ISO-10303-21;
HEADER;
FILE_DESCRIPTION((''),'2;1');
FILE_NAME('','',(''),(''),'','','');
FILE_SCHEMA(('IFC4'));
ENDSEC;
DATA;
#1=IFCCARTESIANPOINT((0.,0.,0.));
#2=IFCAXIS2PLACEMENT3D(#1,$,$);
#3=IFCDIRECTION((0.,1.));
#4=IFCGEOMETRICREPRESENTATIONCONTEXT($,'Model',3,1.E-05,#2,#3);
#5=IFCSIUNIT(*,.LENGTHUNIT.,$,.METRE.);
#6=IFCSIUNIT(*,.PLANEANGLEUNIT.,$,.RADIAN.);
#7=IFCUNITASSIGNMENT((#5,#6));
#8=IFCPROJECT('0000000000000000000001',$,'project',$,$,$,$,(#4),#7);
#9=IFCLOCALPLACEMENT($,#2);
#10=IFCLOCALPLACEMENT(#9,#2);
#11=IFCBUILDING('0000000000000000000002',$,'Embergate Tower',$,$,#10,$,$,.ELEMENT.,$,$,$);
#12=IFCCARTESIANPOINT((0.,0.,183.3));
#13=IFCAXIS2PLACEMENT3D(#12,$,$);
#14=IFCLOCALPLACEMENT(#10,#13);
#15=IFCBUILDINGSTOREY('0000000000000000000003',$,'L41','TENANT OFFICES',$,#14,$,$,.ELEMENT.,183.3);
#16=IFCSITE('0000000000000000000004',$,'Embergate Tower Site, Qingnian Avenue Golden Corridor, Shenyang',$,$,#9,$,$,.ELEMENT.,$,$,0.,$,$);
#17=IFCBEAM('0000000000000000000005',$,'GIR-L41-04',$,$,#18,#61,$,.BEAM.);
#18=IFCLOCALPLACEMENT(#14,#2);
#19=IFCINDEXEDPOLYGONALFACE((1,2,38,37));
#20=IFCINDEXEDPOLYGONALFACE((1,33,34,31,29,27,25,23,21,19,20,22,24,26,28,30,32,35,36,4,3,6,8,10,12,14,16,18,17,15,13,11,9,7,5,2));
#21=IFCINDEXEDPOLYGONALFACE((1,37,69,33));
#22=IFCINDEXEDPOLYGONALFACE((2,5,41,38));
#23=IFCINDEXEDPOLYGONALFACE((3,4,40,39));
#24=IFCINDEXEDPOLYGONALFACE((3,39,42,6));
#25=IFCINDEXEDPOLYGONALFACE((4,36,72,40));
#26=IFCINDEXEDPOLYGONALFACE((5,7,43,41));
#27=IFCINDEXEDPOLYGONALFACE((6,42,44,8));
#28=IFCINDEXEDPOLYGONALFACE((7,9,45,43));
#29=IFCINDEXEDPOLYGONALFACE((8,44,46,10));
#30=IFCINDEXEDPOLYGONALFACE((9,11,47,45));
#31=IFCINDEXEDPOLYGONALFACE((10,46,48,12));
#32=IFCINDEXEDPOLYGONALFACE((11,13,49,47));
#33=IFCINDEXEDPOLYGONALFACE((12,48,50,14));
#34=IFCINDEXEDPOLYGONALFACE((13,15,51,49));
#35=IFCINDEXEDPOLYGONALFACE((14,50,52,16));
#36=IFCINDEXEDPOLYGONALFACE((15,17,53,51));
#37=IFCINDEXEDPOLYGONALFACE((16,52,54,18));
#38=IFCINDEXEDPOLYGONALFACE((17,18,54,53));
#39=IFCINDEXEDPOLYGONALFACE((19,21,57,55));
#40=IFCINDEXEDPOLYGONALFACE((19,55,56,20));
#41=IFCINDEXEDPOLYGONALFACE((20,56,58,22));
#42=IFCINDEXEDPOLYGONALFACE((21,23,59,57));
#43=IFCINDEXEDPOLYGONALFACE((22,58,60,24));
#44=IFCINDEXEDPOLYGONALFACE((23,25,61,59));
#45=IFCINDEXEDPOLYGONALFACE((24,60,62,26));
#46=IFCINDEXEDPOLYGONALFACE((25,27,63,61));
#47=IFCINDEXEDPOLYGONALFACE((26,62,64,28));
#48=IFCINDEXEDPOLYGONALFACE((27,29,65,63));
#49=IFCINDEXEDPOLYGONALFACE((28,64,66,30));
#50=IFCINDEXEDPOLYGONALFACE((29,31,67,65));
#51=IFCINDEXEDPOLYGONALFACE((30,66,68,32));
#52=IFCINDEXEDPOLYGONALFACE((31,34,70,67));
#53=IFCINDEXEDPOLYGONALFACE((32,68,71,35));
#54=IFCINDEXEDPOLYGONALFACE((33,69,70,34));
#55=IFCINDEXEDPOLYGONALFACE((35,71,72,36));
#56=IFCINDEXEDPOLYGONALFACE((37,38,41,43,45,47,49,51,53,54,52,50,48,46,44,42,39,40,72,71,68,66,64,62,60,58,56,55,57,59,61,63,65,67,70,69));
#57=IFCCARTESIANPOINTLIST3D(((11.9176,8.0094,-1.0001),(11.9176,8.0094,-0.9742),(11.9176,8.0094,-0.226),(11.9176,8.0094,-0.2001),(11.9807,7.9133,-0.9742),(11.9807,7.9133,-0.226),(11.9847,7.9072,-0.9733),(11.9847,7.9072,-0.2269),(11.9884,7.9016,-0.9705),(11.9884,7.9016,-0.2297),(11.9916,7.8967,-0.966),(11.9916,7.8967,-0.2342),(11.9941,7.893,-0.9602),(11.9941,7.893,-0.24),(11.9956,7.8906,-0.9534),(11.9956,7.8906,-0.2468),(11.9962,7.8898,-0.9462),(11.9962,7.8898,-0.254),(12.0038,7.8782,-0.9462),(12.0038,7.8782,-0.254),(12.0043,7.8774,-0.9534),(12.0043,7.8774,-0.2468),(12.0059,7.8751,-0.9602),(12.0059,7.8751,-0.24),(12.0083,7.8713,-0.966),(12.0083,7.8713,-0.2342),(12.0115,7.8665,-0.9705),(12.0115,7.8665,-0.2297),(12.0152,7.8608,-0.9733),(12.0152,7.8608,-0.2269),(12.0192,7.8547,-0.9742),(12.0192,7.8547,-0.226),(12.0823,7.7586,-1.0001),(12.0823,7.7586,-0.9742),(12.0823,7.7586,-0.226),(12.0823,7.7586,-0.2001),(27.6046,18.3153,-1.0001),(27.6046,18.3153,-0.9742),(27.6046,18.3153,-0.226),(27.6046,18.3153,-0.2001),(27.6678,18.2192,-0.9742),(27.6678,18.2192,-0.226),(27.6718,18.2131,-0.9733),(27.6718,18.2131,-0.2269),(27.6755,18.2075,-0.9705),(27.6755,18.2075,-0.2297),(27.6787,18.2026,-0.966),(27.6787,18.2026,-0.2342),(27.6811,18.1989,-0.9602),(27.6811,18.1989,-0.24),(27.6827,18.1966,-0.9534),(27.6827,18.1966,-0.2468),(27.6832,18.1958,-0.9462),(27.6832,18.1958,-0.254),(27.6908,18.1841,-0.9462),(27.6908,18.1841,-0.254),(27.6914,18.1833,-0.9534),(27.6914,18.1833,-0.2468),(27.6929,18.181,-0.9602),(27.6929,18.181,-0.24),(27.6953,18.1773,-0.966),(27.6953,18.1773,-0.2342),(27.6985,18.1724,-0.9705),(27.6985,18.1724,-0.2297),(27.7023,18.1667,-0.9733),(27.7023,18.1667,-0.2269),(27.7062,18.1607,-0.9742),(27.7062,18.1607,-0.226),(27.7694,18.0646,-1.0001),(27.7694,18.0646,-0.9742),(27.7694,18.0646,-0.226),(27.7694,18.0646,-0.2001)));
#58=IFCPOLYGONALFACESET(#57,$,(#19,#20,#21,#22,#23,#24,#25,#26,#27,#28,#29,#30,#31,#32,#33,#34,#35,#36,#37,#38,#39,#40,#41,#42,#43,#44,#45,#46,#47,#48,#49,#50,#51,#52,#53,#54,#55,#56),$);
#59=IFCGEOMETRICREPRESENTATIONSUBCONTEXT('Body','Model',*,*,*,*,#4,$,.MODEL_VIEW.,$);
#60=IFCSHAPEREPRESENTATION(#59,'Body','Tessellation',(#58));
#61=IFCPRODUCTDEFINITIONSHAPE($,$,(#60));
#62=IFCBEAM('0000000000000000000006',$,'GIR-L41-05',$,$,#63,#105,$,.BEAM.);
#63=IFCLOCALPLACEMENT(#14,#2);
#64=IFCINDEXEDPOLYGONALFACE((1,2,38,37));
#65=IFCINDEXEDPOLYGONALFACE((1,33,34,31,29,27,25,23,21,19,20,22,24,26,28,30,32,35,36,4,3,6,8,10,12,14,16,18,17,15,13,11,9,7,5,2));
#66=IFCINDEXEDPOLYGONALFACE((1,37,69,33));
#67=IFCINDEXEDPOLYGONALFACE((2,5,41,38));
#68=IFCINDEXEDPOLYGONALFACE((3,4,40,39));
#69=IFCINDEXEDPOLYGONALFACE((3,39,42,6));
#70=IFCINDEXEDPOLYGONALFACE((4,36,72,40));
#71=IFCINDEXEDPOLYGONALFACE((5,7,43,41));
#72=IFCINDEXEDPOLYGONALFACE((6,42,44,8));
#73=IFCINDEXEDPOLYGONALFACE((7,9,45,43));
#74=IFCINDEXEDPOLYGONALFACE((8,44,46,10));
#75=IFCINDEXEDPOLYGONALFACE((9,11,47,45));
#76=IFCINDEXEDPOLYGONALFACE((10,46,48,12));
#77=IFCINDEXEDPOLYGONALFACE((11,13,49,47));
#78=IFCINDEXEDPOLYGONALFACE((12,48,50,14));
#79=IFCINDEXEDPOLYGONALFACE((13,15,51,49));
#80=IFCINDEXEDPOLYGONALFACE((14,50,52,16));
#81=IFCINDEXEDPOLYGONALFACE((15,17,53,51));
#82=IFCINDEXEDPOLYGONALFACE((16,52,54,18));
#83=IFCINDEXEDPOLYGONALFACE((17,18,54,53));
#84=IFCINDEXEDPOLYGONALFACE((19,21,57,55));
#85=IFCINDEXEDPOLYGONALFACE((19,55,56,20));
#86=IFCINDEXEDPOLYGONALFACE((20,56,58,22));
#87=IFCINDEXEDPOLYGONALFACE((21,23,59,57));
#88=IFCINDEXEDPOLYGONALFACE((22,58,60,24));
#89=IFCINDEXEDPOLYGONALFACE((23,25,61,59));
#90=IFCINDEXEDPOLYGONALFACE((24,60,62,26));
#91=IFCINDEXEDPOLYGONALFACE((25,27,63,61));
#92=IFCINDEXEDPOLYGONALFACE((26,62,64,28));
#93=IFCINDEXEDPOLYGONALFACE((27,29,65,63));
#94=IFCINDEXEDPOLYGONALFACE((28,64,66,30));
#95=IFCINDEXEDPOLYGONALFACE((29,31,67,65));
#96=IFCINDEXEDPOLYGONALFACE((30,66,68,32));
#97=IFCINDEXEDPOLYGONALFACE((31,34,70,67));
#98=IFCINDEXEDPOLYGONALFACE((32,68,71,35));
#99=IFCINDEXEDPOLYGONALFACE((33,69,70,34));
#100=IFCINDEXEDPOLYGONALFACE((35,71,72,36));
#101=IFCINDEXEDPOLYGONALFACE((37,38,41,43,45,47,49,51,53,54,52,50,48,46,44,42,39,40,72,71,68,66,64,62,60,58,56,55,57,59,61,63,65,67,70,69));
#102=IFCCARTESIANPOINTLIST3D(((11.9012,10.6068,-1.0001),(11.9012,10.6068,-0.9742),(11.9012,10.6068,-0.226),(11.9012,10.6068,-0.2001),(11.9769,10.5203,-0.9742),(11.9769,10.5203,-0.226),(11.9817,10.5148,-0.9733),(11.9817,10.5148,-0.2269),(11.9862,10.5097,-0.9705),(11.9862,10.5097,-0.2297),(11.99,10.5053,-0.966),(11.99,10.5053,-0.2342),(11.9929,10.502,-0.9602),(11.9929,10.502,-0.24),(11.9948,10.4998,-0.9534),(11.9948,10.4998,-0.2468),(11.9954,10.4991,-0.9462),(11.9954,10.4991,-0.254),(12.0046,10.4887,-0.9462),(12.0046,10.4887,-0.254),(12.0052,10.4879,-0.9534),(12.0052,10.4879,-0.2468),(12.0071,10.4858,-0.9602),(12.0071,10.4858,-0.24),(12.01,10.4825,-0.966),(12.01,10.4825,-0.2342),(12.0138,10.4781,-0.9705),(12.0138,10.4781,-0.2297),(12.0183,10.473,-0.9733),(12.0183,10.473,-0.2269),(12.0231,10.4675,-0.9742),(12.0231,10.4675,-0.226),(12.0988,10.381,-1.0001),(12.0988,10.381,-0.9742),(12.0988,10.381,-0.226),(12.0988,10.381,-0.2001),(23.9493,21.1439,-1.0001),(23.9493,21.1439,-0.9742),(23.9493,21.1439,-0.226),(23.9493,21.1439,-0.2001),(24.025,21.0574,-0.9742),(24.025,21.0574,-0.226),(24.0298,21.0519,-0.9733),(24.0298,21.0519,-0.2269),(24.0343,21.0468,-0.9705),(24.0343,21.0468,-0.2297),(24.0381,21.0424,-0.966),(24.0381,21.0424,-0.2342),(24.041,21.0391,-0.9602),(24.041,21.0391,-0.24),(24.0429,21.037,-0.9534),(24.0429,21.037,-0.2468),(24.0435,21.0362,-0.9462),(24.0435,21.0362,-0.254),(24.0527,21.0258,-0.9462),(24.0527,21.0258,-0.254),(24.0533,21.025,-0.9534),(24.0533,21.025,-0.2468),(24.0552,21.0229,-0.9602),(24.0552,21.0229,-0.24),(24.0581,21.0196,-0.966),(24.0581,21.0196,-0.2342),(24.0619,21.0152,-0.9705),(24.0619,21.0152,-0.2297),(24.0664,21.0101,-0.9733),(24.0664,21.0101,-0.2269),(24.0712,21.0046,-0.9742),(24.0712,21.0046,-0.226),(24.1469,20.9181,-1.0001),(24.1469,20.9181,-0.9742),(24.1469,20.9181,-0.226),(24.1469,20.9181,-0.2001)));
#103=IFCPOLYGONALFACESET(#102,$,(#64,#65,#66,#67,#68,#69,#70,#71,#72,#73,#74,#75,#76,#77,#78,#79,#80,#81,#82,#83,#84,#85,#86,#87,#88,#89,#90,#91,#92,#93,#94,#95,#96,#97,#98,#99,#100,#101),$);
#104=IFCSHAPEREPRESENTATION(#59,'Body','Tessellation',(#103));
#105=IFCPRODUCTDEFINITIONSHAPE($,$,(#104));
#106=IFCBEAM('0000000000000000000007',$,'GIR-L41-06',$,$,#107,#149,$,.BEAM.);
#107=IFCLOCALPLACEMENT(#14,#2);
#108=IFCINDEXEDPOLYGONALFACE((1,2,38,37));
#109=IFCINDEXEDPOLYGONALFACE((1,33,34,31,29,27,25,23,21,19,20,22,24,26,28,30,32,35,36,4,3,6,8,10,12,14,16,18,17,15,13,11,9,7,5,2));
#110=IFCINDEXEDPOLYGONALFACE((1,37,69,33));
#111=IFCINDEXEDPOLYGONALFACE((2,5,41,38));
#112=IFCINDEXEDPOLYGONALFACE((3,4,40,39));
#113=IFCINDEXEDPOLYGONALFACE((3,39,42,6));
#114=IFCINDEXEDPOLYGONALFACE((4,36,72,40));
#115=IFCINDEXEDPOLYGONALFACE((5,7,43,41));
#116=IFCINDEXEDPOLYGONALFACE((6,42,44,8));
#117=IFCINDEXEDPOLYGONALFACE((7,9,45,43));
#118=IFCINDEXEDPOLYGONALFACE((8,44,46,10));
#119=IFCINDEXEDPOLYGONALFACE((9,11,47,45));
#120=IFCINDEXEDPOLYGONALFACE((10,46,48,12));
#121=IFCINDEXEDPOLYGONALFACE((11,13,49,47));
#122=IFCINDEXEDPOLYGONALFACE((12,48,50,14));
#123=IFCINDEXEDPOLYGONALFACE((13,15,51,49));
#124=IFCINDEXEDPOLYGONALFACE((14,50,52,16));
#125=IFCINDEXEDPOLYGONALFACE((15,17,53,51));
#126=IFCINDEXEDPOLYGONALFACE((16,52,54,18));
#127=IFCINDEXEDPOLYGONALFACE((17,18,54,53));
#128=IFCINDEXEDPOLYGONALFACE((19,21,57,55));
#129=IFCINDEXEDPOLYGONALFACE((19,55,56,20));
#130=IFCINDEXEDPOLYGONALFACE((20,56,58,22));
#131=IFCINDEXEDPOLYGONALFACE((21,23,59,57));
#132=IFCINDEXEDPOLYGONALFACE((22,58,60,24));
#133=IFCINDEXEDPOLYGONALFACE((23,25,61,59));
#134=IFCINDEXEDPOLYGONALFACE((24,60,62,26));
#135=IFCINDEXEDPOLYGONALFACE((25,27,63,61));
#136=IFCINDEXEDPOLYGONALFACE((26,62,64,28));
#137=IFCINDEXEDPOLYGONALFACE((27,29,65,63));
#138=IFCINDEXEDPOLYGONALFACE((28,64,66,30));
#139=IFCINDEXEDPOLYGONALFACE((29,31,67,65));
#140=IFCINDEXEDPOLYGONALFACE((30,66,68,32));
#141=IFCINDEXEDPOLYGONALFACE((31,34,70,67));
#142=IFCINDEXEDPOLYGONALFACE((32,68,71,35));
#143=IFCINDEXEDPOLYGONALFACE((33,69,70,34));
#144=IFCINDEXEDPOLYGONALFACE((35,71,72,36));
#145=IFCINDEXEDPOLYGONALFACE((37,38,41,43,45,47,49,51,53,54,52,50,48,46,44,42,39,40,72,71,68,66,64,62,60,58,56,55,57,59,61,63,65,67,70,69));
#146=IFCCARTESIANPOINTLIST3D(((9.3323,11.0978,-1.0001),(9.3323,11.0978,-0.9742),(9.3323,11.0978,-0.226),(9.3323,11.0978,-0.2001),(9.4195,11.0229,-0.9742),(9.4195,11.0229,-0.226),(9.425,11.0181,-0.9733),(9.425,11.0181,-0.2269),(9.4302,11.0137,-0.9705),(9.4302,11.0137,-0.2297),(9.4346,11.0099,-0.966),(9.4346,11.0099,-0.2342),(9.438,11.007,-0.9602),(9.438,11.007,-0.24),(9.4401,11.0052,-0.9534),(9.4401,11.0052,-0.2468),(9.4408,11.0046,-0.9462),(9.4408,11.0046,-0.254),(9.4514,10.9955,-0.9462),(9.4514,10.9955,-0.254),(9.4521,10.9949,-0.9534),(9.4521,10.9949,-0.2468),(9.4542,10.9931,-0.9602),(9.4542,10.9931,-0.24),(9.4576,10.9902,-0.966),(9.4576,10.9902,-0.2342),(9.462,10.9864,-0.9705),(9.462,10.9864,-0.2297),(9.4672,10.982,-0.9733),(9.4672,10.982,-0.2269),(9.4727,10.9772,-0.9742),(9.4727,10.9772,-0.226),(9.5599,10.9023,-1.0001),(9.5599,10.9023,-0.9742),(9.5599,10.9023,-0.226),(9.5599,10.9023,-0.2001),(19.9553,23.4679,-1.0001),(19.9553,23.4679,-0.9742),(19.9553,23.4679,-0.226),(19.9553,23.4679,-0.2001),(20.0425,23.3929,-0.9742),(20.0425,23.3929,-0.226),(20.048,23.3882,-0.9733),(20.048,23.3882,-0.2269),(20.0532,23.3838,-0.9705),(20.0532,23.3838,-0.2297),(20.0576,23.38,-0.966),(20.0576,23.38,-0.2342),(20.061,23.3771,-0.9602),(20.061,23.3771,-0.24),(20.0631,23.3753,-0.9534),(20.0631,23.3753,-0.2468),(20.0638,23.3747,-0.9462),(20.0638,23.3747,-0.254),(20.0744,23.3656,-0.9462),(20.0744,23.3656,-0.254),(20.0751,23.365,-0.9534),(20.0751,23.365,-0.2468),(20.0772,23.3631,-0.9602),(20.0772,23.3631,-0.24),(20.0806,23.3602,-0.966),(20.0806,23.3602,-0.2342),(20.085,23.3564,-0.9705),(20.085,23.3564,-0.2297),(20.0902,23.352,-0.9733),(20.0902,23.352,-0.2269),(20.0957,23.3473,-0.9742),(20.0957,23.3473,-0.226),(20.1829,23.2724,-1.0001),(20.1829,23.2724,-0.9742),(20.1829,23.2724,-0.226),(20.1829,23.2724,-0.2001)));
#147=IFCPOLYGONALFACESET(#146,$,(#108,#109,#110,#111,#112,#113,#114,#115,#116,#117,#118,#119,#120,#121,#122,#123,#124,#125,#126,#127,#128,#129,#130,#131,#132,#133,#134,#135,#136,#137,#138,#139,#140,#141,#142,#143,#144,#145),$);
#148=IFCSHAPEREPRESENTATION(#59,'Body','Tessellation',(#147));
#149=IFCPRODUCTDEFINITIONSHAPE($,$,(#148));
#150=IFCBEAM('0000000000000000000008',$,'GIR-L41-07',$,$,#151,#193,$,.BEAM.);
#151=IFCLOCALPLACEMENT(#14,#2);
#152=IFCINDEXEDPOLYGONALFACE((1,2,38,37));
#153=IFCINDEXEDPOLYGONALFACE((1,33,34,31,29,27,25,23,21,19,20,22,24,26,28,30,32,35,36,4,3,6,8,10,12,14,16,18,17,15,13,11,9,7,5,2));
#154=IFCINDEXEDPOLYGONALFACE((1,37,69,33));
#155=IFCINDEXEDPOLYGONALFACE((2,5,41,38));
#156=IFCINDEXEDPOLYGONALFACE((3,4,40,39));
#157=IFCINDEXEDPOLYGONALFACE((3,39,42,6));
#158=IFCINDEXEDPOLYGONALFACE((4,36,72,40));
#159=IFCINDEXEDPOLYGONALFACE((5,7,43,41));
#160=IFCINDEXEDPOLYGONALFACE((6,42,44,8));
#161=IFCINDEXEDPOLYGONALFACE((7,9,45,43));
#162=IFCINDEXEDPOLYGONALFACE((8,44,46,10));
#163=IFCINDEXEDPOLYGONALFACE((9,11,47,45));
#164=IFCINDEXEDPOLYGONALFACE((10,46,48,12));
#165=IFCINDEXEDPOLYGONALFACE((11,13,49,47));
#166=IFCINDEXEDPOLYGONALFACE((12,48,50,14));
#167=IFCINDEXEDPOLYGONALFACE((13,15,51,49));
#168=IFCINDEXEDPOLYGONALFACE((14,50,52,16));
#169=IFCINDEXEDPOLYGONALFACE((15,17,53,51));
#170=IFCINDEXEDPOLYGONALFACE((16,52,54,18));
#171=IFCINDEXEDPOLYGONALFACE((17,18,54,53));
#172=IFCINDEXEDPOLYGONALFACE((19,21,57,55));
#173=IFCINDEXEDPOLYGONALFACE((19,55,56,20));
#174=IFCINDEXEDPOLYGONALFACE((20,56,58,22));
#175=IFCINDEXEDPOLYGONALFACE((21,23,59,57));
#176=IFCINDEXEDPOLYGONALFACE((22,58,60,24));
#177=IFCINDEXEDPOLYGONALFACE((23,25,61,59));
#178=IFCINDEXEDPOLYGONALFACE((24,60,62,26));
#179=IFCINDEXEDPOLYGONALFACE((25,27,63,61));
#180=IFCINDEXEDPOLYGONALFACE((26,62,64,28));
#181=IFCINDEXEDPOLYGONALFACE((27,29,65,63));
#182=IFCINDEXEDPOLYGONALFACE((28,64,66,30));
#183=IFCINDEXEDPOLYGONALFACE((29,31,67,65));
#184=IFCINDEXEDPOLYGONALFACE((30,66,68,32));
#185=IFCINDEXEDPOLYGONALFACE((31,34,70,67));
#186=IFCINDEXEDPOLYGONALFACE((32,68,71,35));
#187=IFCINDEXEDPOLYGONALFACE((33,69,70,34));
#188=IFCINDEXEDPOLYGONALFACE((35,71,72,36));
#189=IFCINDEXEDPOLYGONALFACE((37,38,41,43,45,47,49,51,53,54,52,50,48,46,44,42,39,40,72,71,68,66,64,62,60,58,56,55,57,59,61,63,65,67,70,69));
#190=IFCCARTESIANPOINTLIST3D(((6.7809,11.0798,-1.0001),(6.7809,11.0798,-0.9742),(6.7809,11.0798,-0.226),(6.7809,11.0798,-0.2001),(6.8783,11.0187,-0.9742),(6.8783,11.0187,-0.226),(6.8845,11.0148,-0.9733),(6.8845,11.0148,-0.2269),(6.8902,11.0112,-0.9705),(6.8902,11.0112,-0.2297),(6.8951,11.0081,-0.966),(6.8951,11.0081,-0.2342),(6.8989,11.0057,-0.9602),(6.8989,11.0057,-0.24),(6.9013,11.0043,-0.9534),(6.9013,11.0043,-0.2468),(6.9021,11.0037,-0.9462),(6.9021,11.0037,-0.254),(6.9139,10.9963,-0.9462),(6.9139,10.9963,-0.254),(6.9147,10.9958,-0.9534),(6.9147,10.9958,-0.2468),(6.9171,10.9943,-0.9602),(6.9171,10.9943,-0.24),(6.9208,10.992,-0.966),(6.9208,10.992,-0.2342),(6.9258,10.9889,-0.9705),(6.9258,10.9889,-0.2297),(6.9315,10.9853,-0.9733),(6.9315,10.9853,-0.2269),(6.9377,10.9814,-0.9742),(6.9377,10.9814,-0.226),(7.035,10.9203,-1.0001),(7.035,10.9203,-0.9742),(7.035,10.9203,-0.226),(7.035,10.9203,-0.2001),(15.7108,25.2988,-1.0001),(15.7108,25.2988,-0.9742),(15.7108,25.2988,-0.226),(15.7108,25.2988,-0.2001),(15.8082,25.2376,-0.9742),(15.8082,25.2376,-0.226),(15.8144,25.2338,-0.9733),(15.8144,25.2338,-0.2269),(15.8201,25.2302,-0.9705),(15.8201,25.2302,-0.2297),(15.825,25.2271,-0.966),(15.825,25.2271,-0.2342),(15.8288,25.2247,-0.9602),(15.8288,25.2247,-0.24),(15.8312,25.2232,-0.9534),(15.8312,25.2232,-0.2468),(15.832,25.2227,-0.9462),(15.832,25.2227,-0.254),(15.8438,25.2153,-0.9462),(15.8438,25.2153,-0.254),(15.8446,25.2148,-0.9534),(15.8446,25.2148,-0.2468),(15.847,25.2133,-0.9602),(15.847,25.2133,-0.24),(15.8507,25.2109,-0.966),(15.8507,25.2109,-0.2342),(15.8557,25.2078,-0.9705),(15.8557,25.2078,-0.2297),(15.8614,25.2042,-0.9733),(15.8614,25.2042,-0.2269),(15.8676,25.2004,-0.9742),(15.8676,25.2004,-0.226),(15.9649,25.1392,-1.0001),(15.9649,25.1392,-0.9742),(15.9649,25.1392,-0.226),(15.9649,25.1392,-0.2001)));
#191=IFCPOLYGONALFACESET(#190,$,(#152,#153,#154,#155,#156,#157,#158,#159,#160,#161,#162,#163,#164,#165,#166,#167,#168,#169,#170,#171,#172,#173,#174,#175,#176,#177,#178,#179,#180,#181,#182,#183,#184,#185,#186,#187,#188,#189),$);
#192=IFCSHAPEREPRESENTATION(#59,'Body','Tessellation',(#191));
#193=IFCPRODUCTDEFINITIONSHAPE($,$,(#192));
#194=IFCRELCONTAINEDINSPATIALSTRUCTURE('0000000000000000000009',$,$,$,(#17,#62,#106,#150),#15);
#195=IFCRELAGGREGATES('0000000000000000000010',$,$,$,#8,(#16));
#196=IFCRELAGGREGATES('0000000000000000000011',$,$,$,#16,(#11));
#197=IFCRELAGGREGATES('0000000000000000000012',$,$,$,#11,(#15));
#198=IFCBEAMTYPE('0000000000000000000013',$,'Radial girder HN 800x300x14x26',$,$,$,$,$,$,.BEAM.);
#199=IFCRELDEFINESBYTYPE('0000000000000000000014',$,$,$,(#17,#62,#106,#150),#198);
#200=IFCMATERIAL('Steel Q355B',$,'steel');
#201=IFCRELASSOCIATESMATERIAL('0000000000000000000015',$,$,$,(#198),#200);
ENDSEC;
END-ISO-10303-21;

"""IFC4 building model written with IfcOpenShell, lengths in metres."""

from ifc_helpers import new_model, si_unit, direction, frame, origin, origin_2d, place, context, subcontext, project, spatial, i_section, extrude, source, transform, mapped, material, material_profile, profile_set, type_object, element, save


model = new_model("IFC4")

# Units and contexts
model_context = context("Model", 3, precision=1e-05, world=origin(), true_north=direction((0.0, 1.0)))
body_context = subcontext(model_context, "Body", "Model", "MODEL_VIEW")
ifc_project = project(units=[si_unit("LENGTHUNIT", "METRE"), si_unit("PLANEANGLEUNIT", "RADIAN")], contexts=[model_context])

# Site, building, storey
site_placement = place(None, origin())
site = spatial("IfcSite", under=ifc_project, at=site_placement, Name="Embergate Tower Site, Qingnian Avenue Golden Corridor, Shenyang", CompositionType="ELEMENT", RefElevation=0.0)
building_placement = place(site_placement, origin())
building = spatial("IfcBuilding", under=site, at=building_placement, Name="Embergate Tower", CompositionType="ELEMENT")
storey_placement = place(building_placement, frame((0.0, 0.0, 183.3)))
storey = spatial("IfcBuildingStorey", under=building, at=storey_placement, Name="L41", Description="TENANT OFFICES", CompositionType="ELEMENT", Elevation=183.3)

# Beams
ifc_material_1 = material(Name="Steel Q355B", Category="steel")
ifc_material_profile_1 = material_profile(ifc_material_1, i_section(OverallWidth=0.3, OverallDepth=0.8, WebThickness=0.0139, FlangeThickness=0.0259, FilletRadius=0.0281, at=origin_2d()), Name="HN 800x300x14x26")
ifc_profile_set_1 = profile_set([ifc_material_profile_1], Name="Steel Q355 grade B")
beam_type_1 = type_object("IfcBeamType", Name="Radial girder HN 800x300x14x26", PredefinedType="BEAM", material=ifc_profile_set_1)
shared_shape_1 = source(origin(), body_context, "Body", "SweptSolid", [
    extrude(i_section(OverallWidth=0.3, OverallDepth=0.8, WebThickness=0.0139, FlangeThickness=0.0259, FilletRadius=0.0281, at=origin_2d()), origin(), (0.0, 0.0, 1.0), 18.7695),
])
beam_1_placement = place(storey_placement, frame((27.687, 18.1899, -0.6001), z_axis=(-0.835771, -0.549077, 0.0), x_axis=(0.549077, -0.835771, 0.0)))
element("IfcBeam", 1, at=beam_1_placement, inside=storey, type_object=beam_type_1, Name="GIR-L41-04", PredefinedType="BEAM", context=body_context, shape_type="MappedRepresentation", body=[
    mapped(shared_shape_1, transform((0.0, 0.0, 0.0))),
])
shared_shape_2 = source(origin(), body_context, "Body", "SweptSolid", [
    extrude(i_section(OverallWidth=0.3, OverallDepth=0.8, WebThickness=0.0139, FlangeThickness=0.0259, FilletRadius=0.0281, at=origin_2d()), origin(), (0.0, 0.0, 1.0), 16.0059),
])
beam_2_placement = place(storey_placement, frame((24.0481, 21.031, -0.6001), z_axis=(-0.752731, -0.658329, 0.0), x_axis=(0.658329, -0.752731, 0.0)))
element("IfcBeam", 2, at=beam_2_placement, inside=storey, type_object=beam_type_1, Name="GIR-L41-05", PredefinedType="BEAM", context=body_context, shape_type="MappedRepresentation", body=[
    mapped(shared_shape_2, transform((0.0, 0.0, 0.0))),
])
shared_shape_3 = source(origin(), body_context, "Body", "SweptSolid", [
    extrude(i_section(OverallWidth=0.3, OverallDepth=0.8, WebThickness=0.0139, FlangeThickness=0.0259, FilletRadius=0.0281, at=origin_2d()), origin(), (0.0, 0.0, 1.0), 16.3054),
])
beam_3_placement = place(storey_placement, frame((20.0691, 23.3701, -0.6001), z_axis=(-0.651501, -0.758647, 0.0), x_axis=(0.758647, -0.651501, 0.0)))
element("IfcBeam", 3, at=beam_3_placement, inside=storey, type_object=beam_type_1, Name="GIR-L41-06", PredefinedType="BEAM", context=body_context, shape_type="MappedRepresentation", body=[
    mapped(shared_shape_3, transform((0.0, 0.0, 0.0))),
])
shared_shape_4 = source(origin(), body_context, "Body", "SweptSolid", [
    extrude(i_section(OverallWidth=0.3, OverallDepth=0.8, WebThickness=0.0139, FlangeThickness=0.0259, FilletRadius=0.0281, at=origin_2d()), origin(), (0.0, 0.0, 1.0), 16.7905),
])
beam_4_placement = place(storey_placement, frame((15.8379, 25.219, -0.6001), z_axis=(-0.531842, -0.846844, 0.0), x_axis=(0.846844, -0.531842, 0.0)))
element("IfcBeam", 4, at=beam_4_placement, inside=storey, type_object=beam_type_1, Name="GIR-L41-07", PredefinedType="BEAM", context=body_context, shape_type="MappedRepresentation", body=[
    mapped(shared_shape_4, transform((0.0, 0.0, 0.0))),
])

save(model, "model.ifc")
